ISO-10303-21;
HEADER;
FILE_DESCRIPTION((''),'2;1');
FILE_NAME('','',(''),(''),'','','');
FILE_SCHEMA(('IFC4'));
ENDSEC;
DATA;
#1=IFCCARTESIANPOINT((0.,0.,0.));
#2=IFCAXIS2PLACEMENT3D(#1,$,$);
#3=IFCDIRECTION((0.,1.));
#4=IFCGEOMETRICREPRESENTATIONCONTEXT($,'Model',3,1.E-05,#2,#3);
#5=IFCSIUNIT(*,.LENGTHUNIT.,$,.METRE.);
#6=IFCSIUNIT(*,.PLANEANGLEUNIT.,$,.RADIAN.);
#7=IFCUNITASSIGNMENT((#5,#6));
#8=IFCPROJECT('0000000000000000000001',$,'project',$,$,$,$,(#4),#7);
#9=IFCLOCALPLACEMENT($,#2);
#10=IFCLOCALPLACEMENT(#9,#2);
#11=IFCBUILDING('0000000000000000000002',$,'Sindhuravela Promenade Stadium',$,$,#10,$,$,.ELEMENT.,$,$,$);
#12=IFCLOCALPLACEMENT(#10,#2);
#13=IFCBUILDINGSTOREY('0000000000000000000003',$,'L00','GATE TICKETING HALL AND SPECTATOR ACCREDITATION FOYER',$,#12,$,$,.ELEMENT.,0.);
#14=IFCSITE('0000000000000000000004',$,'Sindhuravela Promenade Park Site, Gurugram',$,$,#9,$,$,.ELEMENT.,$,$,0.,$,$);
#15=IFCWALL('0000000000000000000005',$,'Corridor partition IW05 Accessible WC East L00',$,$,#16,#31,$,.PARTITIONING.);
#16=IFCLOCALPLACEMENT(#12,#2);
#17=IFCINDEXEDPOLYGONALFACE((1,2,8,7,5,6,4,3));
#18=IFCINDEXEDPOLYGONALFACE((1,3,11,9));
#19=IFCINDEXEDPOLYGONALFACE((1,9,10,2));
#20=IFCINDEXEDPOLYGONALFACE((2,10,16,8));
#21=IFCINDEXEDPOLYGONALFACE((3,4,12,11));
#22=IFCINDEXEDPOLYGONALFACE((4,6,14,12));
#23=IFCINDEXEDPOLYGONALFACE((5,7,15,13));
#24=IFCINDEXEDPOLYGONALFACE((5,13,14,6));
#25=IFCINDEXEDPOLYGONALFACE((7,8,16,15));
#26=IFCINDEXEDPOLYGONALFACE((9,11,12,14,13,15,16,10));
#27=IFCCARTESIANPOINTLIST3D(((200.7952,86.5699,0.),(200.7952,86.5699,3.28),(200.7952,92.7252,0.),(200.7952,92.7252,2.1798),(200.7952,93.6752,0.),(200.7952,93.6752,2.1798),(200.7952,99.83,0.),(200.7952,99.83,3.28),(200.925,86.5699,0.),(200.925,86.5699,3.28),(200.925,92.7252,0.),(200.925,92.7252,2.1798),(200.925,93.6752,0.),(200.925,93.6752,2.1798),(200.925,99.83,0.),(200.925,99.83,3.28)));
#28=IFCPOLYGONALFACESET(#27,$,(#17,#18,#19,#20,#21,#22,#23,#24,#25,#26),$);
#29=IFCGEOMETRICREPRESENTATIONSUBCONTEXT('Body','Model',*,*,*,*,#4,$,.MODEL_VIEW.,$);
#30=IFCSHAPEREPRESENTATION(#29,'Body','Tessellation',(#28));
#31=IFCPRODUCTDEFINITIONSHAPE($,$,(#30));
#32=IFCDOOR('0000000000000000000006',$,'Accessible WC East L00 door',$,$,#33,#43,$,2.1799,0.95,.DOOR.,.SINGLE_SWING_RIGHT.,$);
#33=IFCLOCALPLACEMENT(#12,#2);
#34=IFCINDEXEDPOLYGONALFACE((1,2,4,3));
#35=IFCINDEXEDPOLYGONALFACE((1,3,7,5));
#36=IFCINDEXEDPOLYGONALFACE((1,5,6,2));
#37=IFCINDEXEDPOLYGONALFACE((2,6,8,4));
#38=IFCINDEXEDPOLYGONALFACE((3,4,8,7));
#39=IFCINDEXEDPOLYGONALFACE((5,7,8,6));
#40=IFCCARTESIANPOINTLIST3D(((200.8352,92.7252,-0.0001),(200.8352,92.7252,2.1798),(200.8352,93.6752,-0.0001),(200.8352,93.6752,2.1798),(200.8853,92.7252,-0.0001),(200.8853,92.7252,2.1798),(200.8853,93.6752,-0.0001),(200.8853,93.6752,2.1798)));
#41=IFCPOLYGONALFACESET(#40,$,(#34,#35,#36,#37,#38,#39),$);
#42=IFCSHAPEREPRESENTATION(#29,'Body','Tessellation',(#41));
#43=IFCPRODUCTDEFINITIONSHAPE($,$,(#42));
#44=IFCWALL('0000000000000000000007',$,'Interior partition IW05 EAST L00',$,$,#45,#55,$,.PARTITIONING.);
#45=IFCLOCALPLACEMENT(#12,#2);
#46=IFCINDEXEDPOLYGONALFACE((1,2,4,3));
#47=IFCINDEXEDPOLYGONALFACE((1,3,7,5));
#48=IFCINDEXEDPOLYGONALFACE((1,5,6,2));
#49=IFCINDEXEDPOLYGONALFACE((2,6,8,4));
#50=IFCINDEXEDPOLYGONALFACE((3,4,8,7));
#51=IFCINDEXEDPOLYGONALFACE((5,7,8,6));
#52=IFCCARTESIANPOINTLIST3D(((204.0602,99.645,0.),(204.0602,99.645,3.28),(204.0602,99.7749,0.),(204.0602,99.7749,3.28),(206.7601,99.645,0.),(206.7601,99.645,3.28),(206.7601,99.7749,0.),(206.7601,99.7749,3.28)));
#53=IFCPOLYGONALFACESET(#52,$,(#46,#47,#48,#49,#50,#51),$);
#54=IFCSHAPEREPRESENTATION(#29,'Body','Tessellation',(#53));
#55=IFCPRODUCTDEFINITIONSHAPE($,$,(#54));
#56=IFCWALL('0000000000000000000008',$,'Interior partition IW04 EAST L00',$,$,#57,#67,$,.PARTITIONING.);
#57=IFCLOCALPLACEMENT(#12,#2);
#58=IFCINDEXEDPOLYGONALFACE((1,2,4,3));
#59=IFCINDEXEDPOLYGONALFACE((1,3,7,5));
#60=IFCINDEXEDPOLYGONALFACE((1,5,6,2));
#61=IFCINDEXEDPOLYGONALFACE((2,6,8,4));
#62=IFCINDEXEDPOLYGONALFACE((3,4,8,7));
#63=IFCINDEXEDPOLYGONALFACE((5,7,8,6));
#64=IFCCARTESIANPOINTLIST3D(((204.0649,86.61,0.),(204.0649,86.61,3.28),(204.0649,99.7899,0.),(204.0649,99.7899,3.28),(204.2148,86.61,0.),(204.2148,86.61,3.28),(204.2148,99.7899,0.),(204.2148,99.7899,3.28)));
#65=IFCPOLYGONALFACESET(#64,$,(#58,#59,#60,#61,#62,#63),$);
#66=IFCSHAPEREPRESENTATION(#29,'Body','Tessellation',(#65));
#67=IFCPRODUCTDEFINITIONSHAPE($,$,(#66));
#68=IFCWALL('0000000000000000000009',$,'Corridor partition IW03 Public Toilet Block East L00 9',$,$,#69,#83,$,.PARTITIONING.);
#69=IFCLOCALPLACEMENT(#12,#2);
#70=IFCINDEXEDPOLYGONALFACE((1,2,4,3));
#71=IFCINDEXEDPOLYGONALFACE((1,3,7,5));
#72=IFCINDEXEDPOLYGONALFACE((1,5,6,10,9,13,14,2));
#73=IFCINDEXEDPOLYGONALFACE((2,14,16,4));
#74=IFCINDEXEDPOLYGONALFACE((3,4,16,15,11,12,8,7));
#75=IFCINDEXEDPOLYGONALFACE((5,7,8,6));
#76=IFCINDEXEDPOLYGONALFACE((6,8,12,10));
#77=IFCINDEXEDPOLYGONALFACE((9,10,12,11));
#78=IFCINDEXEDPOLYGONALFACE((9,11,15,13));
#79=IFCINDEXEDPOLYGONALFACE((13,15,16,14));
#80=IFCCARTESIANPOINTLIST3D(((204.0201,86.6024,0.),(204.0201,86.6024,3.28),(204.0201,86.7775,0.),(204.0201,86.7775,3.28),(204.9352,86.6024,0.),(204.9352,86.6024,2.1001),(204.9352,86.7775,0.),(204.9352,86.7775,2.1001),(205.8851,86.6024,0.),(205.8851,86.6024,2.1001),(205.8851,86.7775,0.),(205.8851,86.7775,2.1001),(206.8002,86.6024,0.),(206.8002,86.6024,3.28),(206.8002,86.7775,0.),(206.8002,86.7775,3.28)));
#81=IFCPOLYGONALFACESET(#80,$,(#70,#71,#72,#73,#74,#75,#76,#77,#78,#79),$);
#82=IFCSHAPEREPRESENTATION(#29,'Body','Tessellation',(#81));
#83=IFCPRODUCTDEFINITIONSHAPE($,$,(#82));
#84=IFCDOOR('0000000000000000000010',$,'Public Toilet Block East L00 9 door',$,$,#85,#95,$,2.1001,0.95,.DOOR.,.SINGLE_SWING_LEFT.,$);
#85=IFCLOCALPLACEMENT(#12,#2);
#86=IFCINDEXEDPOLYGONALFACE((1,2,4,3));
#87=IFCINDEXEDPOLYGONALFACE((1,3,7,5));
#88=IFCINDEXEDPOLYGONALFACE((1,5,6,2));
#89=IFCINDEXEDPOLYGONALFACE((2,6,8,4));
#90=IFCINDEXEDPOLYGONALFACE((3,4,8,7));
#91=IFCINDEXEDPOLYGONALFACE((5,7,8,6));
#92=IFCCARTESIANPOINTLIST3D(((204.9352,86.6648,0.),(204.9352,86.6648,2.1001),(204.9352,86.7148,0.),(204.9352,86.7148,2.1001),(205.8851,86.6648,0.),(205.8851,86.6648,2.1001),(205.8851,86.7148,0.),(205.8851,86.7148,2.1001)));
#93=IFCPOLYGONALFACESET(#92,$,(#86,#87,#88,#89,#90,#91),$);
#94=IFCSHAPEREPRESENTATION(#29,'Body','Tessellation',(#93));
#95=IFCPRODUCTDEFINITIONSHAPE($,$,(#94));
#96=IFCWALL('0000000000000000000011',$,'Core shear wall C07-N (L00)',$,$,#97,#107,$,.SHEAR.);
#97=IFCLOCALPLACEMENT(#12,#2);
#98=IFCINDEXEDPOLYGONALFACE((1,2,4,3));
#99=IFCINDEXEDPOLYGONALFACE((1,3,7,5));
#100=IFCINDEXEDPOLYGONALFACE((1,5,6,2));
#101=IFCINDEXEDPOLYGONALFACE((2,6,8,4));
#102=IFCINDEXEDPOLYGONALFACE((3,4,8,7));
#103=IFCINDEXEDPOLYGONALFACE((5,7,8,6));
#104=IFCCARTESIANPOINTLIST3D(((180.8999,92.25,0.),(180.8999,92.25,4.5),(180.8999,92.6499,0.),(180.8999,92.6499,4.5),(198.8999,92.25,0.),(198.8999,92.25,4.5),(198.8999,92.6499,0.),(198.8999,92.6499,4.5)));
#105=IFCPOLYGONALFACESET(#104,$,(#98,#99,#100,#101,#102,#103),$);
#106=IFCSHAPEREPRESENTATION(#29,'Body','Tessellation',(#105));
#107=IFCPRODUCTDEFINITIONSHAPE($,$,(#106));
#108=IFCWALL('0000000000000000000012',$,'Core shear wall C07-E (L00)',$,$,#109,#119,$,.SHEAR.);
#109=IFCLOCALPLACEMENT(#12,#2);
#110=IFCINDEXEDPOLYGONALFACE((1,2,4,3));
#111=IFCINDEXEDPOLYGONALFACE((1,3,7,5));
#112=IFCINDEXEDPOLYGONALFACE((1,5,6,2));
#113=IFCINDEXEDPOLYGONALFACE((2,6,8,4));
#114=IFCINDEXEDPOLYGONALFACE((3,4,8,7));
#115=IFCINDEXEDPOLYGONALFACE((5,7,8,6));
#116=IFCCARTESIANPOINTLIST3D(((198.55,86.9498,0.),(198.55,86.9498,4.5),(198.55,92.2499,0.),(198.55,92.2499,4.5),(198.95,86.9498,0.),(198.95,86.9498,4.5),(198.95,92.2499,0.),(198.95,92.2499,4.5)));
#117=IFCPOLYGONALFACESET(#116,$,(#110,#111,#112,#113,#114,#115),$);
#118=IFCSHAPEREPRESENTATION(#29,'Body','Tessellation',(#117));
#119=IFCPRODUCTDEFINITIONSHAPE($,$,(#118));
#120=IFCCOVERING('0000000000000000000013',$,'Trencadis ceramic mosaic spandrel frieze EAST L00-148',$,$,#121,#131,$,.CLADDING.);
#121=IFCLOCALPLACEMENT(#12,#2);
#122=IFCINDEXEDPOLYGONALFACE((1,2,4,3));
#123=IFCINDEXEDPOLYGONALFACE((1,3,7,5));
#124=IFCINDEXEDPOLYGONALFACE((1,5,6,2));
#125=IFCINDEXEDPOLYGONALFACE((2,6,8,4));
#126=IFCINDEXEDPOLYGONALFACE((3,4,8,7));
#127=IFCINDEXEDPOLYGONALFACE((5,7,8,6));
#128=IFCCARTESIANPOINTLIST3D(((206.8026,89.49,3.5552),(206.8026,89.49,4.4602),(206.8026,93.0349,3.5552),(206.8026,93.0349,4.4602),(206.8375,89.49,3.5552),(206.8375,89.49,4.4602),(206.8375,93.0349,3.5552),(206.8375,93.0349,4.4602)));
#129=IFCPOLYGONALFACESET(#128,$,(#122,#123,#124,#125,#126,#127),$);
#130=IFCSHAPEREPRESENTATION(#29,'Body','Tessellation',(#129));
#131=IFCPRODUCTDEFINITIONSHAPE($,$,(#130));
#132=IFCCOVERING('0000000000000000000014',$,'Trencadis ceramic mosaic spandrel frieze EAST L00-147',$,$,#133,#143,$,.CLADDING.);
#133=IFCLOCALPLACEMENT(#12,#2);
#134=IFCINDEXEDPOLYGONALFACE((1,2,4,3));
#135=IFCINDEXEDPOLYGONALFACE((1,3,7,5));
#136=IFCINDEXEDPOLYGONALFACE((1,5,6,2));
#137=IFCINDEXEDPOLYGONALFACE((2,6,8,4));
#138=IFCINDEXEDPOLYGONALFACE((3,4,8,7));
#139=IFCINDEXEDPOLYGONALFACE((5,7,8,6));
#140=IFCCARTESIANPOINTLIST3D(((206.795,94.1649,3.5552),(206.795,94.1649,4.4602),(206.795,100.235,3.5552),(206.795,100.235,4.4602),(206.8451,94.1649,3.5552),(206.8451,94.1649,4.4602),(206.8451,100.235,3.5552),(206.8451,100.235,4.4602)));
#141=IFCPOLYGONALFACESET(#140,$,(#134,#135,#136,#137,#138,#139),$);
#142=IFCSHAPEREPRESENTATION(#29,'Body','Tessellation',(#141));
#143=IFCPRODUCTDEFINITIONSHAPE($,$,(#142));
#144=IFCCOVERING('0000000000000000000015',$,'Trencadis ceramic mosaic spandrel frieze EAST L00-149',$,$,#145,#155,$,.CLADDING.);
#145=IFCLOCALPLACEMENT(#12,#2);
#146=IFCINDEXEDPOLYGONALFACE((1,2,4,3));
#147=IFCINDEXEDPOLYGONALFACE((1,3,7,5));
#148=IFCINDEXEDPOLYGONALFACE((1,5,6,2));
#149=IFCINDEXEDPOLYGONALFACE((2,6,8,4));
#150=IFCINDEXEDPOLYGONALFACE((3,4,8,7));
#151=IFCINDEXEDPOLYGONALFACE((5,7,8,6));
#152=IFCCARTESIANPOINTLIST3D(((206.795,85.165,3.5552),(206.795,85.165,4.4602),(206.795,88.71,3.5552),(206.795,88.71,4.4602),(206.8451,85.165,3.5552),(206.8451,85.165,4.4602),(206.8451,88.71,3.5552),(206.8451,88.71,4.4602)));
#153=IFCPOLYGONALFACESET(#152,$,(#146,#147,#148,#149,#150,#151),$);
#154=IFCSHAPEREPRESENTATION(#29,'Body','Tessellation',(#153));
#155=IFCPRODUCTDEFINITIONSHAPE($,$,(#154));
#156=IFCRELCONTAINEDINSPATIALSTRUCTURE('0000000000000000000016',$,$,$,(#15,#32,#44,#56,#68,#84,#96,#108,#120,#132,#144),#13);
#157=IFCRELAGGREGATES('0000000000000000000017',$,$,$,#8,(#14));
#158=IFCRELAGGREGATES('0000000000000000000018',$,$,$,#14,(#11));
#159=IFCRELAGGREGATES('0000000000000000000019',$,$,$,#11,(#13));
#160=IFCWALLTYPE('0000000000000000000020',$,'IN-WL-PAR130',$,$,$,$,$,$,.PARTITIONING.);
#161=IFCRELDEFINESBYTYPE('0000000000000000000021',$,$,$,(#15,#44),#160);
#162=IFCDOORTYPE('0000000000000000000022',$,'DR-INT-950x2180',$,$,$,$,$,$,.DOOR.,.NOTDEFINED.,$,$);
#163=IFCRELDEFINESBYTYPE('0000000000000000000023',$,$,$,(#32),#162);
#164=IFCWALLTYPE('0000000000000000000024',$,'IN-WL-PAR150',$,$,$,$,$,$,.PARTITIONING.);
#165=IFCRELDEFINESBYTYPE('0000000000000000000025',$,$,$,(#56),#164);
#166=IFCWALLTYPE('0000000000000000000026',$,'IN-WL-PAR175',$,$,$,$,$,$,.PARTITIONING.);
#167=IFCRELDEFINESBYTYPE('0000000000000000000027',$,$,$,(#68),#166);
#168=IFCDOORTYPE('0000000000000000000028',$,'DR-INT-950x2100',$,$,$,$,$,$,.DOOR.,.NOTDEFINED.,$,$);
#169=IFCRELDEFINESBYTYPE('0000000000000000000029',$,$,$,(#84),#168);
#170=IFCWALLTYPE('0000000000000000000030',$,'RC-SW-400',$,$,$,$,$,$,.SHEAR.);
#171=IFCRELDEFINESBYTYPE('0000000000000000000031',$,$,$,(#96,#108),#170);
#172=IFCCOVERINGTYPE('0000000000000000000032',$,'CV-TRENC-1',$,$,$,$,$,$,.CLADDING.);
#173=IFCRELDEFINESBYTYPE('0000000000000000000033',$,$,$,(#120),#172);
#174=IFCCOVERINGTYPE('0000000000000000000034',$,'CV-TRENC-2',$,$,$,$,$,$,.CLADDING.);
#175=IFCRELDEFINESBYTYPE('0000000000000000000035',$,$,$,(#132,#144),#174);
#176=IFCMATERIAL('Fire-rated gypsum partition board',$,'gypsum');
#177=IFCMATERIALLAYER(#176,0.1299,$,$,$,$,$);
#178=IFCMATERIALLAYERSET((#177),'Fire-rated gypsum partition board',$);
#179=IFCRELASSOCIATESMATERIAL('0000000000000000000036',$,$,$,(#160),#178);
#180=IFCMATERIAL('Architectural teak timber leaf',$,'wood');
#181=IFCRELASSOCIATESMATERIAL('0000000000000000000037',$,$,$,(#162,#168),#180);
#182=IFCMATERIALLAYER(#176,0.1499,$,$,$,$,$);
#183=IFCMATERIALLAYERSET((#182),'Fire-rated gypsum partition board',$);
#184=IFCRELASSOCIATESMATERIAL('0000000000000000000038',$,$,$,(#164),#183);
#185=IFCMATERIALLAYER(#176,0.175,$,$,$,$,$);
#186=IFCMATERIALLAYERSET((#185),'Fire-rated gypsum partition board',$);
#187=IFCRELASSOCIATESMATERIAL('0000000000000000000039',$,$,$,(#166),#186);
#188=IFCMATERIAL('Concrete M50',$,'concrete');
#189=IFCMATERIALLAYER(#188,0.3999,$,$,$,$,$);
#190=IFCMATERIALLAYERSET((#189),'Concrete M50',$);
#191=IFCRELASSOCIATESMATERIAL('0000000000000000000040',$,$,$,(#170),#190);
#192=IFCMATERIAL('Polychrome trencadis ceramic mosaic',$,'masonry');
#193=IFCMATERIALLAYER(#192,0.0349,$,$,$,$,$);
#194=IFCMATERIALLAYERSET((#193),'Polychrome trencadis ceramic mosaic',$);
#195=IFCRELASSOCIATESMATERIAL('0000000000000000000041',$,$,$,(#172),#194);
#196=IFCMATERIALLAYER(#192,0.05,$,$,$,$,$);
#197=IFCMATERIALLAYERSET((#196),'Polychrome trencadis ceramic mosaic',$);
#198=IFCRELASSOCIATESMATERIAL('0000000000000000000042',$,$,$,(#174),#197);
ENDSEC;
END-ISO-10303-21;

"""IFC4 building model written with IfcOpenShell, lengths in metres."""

from ifc_helpers import new_model, si_unit, direction, frame, frame_2d, origin, origin_2d, place, context, subcontext, project, spatial, rectangle, extrude, material, layer, layer_set, type_object, element, fill, save


model = new_model("IFC4")

# Units and contexts
model_context = context("Model", 3, precision=1e-05, world=origin(), true_north=direction((0.0, 1.0)))
body_context = subcontext(model_context, "Body", "Model", "MODEL_VIEW")
ifc_project = project(units=[si_unit("LENGTHUNIT", "METRE"), si_unit("PLANEANGLEUNIT", "RADIAN")], contexts=[model_context])

# Site, building, storey
site_placement = place(None, origin())
site = spatial("IfcSite", under=ifc_project, at=site_placement, Name="Sindhuravela Promenade Park Site, Gurugram", CompositionType="ELEMENT", RefElevation=0.0)
building_placement = place(site_placement, origin())
building = spatial("IfcBuilding", under=site, at=building_placement, Name="Sindhuravela Promenade Stadium", CompositionType="ELEMENT")
storey_placement = place(building_placement, origin())
storey = spatial("IfcBuildingStorey", under=building, at=storey_placement, Name="L00", Description="GATE TICKETING HALL AND SPECTATOR ACCREDITATION FOYER", CompositionType="ELEMENT", Elevation=0.0)

# Shared definitions
ifc_material_1 = material(Name="Concrete M50", Category="concrete")

# Shared definitions
ifc_material_2 = material(Name="Fire-rated gypsum partition board", Category="gypsum")

# Wall, opening, door
ifc_layer_1 = layer(ifc_material_2, 0.1299)
ifc_layer_set_1 = layer_set([ifc_layer_1], Name="Fire-rated gypsum partition board")
wall_type_1 = type_object("IfcWallType", Name="IN-WL-PAR130", PredefinedType="PARTITIONING", material=ifc_layer_set_1)
wall_1_placement = place(storey_placement, frame((200.8601, 86.5701, 0.0), z_axis=(0.0, 0.0, 1.0), x_axis=(0.0, 1.0, 0.0)))
wall_1 = element("IfcWall", 1, at=wall_1_placement, inside=storey, type_object=wall_type_1, Name="Corridor partition IW05 Accessible WC East L00", PredefinedType="PARTITIONING", context=body_context, shape_type="SweptSolid", body=[
    extrude(rectangle(XDim=13.26, YDim=0.1299, at=frame_2d((6.6299, 0.0))), origin(), (0.0, 0.0, 1.0), 3.28),
])
opening_1_placement = place(wall_1_placement, frame((6.155, 0.0, 0.0)))
opening_1 = element("IfcOpeningElement", 2, at=opening_1_placement, cuts=wall_1, PredefinedType="OPENING", context=body_context, shape_type="SweptSolid", body=[
    extrude(rectangle(XDim=0.95, YDim=2.1799, at=frame_2d((0.4751, 1.0898))), frame((0.0, 0.075, 0.0), z_axis=(0.0, -1.0, 0.0), x_axis=(1.0, 0.0, 0.0)), (0.0, 0.0, 1.0), 0.1499),
])
ifc_material_3 = material(Name="Architectural teak timber leaf", Category="wood")
door_type_1 = type_object("IfcDoorType", Name="DR-INT-950x2180", OperationType="NOTDEFINED", PredefinedType="DOOR", material=ifc_material_3)
door_1_placement = place(opening_1_placement, origin())
door_1 = element("IfcDoor", 3, at=door_1_placement, inside=storey, type_object=door_type_1, Name="Accessible WC East L00 door", OperationType="SINGLE_SWING_RIGHT", OverallHeight=2.1799, OverallWidth=0.95, PredefinedType="DOOR", context=body_context, shape_type="SweptSolid", body=[
    extrude(rectangle(XDim=0.95, YDim=2.1799, at=frame_2d((0.4751, 1.0898))), frame((0.0, 0.0249, 0.0), z_axis=(0.0, -1.0, 0.0), x_axis=(1.0, 0.0, 0.0)), (0.0, 0.0, 1.0), 0.05),
])
fill(opening_1, door_1)

# Walls
wall_2_placement = place(storey_placement, frame((204.0601, 99.71, 0.0), z_axis=(0.0, 0.0, 1.0), x_axis=(1.0, 0.0, 0.0)))
element("IfcWall", 4, at=wall_2_placement, inside=storey, type_object=wall_type_1, Name="Interior partition IW05 EAST L00", PredefinedType="PARTITIONING", context=body_context, shape_type="SweptSolid", body=[
    extrude(rectangle(XDim=2.7, YDim=0.1299, at=frame_2d((1.3501, 0.0))), origin(), (0.0, 0.0, 1.0), 3.28),
])
ifc_layer_2 = layer(ifc_material_2, 0.1499)
ifc_layer_set_2 = layer_set([ifc_layer_2], Name="Fire-rated gypsum partition board")
wall_type_2 = type_object("IfcWallType", Name="IN-WL-PAR150", PredefinedType="PARTITIONING", material=ifc_layer_set_2)
wall_3_placement = place(storey_placement, frame((204.1399, 86.6101, 0.0), z_axis=(0.0, 0.0, 1.0), x_axis=(0.0, 1.0, 0.0)))
element("IfcWall", 5, at=wall_3_placement, inside=storey, type_object=wall_type_2, Name="Interior partition IW04 EAST L00", PredefinedType="PARTITIONING", context=body_context, shape_type="SweptSolid", body=[
    extrude(rectangle(XDim=13.1799, YDim=0.1499, at=frame_2d((6.5898, 0.0))), origin(), (0.0, 0.0, 1.0), 3.28),
])

# Wall, opening, door
ifc_layer_3 = layer(ifc_material_2, 0.175)
ifc_layer_set_3 = layer_set([ifc_layer_3], Name="Fire-rated gypsum partition board")
wall_type_3 = type_object("IfcWallType", Name="IN-WL-PAR175", PredefinedType="PARTITIONING", material=ifc_layer_set_3)
wall_4_placement = place(storey_placement, frame((204.02, 86.6899, 0.0), z_axis=(0.0, 0.0, 1.0), x_axis=(1.0, 0.0, 0.0)))
wall_4 = element("IfcWall", 6, at=wall_4_placement, inside=storey, type_object=wall_type_3, Name="Corridor partition IW03 Public Toilet Block East L00 9", PredefinedType="PARTITIONING", context=body_context, shape_type="SweptSolid", body=[
    extrude(rectangle(XDim=2.78, YDim=0.175, at=frame_2d((1.3901, 0.0))), origin(), (0.0, 0.0, 1.0), 3.28),
])
opening_2_placement = place(wall_4_placement, frame((0.915, 0.0, 0.0)))
opening_2 = element("IfcOpeningElement", 7, at=opening_2_placement, cuts=wall_4, PredefinedType="OPENING", context=body_context, shape_type="SweptSolid", body=[
    extrude(rectangle(XDim=0.95, YDim=2.1001, at=frame_2d((0.4751, 1.05))), frame((0.0, 0.0974, 0.0), z_axis=(0.0, -1.0, 0.0), x_axis=(1.0, 0.0, 0.0)), (0.0, 0.0, 1.0), 0.1951),
])
door_type_2 = type_object("IfcDoorType", Name="DR-INT-950x2100", OperationType="NOTDEFINED", PredefinedType="DOOR", material=ifc_material_3)
door_2_placement = place(opening_2_placement, origin())
door_2 = element("IfcDoor", 8, at=door_2_placement, inside=storey, type_object=door_type_2, Name="Public Toilet Block East L00 9 door", OperationType="SINGLE_SWING_LEFT", OverallHeight=2.1001, OverallWidth=0.95, PredefinedType="DOOR", context=body_context, shape_type="SweptSolid", body=[
    extrude(rectangle(XDim=0.95, YDim=2.1001, at=frame_2d((0.4751, 1.05))), frame((0.0, 0.0249, 0.0), z_axis=(0.0, -1.0, 0.0), x_axis=(1.0, 0.0, 0.0)), (0.0, 0.0, 1.0), 0.05),
])
fill(opening_2, door_2)

# Walls
ifc_layer_4 = layer(ifc_material_1, 0.3999)
ifc_layer_set_4 = layer_set([ifc_layer_4], Name="Concrete M50")
wall_type_4 = type_object("IfcWallType", Name="RC-SW-400", PredefinedType="SHEAR", material=ifc_layer_set_4)
wall_5_placement = place(storey_placement, frame((198.8999, 92.45, 0.0), z_axis=(0.0, 0.0, 1.0), x_axis=(-1.0, 0.0, 0.0)))
element("IfcWall", 9, at=wall_5_placement, inside=storey, type_object=wall_type_4, Name="Core shear wall C07-N (L00)", PredefinedType="SHEAR", context=body_context, shape_type="SweptSolid", body=[
    extrude(rectangle(XDim=18.0, YDim=0.3999, at=frame_2d((9.0, 0.0))), origin(), (0.0, 0.0, 1.0), 4.5),
])
wall_6_placement = place(storey_placement, frame((198.75, 86.95, 0.0), z_axis=(0.0, 0.0, 1.0), x_axis=(0.0, 1.0, 0.0)))
element("IfcWall", 10, at=wall_6_placement, inside=storey, type_object=wall_type_4, Name="Core shear wall C07-E (L00)", PredefinedType="SHEAR", context=body_context, shape_type="SweptSolid", body=[
    extrude(rectangle(XDim=5.3, YDim=0.3999, at=frame_2d((2.6499, 0.0))), origin(), (0.0, 0.0, 1.0), 4.5),
])

# Coverings
ifc_material_4 = material(Name="Polychrome trencadis ceramic mosaic", Category="masonry")
ifc_layer_5 = layer(ifc_material_4, 0.0349)
ifc_layer_set_5 = layer_set([ifc_layer_5], Name="Polychrome trencadis ceramic mosaic")
covering_type_1 = type_object("IfcCoveringType", Name="CV-TRENC-1", PredefinedType="CLADDING", material=ifc_layer_set_5)
covering_1_placement = place(storey_placement, frame((206.8201, 91.2625, 3.5552), z_axis=(0.0, 0.0, 1.0), x_axis=(0.0, -1.0, 0.0)))
element("IfcCovering", 11, at=covering_1_placement, inside=storey, type_object=covering_type_1, Name="Trencadis ceramic mosaic spandrel frieze EAST L00-148", PredefinedType="CLADDING", context=body_context, shape_type="SweptSolid", body=[
    extrude(rectangle(XDim=3.5449, YDim=0.0349, at=origin_2d()), origin(), (0.0, 0.0, 1.0), 0.905),
])
ifc_layer_6 = layer(ifc_material_4, 0.05)
ifc_layer_set_6 = layer_set([ifc_layer_6], Name="Polychrome trencadis ceramic mosaic")
covering_type_2 = type_object("IfcCoveringType", Name="CV-TRENC-2", PredefinedType="CLADDING", material=ifc_layer_set_6)
covering_2_placement = place(storey_placement, frame((206.8201, 97.2, 3.5552), z_axis=(0.0, 0.0, 1.0), x_axis=(0.0, -1.0, 0.0)))
element("IfcCovering", 12, at=covering_2_placement, inside=storey, type_object=covering_type_2, Name="Trencadis ceramic mosaic spandrel frieze EAST L00-147", PredefinedType="CLADDING", context=body_context, shape_type="SweptSolid", body=[
    extrude(rectangle(XDim=6.0701, YDim=0.05, at=origin_2d()), origin(), (0.0, 0.0, 1.0), 0.905),
])
covering_3_placement = place(storey_placement, frame((206.8201, 86.9375, 3.5552), z_axis=(0.0, 0.0, 1.0), x_axis=(0.0, -1.0, 0.0)))
element("IfcCovering", 13, at=covering_3_placement, inside=storey, type_object=covering_type_2, Name="Trencadis ceramic mosaic spandrel frieze EAST L00-149", PredefinedType="CLADDING", context=body_context, shape_type="SweptSolid", body=[
    extrude(rectangle(XDim=3.5449, YDim=0.05, at=origin_2d()), origin(), (0.0, 0.0, 1.0), 0.905),
])

save(model, "model.ifc")
